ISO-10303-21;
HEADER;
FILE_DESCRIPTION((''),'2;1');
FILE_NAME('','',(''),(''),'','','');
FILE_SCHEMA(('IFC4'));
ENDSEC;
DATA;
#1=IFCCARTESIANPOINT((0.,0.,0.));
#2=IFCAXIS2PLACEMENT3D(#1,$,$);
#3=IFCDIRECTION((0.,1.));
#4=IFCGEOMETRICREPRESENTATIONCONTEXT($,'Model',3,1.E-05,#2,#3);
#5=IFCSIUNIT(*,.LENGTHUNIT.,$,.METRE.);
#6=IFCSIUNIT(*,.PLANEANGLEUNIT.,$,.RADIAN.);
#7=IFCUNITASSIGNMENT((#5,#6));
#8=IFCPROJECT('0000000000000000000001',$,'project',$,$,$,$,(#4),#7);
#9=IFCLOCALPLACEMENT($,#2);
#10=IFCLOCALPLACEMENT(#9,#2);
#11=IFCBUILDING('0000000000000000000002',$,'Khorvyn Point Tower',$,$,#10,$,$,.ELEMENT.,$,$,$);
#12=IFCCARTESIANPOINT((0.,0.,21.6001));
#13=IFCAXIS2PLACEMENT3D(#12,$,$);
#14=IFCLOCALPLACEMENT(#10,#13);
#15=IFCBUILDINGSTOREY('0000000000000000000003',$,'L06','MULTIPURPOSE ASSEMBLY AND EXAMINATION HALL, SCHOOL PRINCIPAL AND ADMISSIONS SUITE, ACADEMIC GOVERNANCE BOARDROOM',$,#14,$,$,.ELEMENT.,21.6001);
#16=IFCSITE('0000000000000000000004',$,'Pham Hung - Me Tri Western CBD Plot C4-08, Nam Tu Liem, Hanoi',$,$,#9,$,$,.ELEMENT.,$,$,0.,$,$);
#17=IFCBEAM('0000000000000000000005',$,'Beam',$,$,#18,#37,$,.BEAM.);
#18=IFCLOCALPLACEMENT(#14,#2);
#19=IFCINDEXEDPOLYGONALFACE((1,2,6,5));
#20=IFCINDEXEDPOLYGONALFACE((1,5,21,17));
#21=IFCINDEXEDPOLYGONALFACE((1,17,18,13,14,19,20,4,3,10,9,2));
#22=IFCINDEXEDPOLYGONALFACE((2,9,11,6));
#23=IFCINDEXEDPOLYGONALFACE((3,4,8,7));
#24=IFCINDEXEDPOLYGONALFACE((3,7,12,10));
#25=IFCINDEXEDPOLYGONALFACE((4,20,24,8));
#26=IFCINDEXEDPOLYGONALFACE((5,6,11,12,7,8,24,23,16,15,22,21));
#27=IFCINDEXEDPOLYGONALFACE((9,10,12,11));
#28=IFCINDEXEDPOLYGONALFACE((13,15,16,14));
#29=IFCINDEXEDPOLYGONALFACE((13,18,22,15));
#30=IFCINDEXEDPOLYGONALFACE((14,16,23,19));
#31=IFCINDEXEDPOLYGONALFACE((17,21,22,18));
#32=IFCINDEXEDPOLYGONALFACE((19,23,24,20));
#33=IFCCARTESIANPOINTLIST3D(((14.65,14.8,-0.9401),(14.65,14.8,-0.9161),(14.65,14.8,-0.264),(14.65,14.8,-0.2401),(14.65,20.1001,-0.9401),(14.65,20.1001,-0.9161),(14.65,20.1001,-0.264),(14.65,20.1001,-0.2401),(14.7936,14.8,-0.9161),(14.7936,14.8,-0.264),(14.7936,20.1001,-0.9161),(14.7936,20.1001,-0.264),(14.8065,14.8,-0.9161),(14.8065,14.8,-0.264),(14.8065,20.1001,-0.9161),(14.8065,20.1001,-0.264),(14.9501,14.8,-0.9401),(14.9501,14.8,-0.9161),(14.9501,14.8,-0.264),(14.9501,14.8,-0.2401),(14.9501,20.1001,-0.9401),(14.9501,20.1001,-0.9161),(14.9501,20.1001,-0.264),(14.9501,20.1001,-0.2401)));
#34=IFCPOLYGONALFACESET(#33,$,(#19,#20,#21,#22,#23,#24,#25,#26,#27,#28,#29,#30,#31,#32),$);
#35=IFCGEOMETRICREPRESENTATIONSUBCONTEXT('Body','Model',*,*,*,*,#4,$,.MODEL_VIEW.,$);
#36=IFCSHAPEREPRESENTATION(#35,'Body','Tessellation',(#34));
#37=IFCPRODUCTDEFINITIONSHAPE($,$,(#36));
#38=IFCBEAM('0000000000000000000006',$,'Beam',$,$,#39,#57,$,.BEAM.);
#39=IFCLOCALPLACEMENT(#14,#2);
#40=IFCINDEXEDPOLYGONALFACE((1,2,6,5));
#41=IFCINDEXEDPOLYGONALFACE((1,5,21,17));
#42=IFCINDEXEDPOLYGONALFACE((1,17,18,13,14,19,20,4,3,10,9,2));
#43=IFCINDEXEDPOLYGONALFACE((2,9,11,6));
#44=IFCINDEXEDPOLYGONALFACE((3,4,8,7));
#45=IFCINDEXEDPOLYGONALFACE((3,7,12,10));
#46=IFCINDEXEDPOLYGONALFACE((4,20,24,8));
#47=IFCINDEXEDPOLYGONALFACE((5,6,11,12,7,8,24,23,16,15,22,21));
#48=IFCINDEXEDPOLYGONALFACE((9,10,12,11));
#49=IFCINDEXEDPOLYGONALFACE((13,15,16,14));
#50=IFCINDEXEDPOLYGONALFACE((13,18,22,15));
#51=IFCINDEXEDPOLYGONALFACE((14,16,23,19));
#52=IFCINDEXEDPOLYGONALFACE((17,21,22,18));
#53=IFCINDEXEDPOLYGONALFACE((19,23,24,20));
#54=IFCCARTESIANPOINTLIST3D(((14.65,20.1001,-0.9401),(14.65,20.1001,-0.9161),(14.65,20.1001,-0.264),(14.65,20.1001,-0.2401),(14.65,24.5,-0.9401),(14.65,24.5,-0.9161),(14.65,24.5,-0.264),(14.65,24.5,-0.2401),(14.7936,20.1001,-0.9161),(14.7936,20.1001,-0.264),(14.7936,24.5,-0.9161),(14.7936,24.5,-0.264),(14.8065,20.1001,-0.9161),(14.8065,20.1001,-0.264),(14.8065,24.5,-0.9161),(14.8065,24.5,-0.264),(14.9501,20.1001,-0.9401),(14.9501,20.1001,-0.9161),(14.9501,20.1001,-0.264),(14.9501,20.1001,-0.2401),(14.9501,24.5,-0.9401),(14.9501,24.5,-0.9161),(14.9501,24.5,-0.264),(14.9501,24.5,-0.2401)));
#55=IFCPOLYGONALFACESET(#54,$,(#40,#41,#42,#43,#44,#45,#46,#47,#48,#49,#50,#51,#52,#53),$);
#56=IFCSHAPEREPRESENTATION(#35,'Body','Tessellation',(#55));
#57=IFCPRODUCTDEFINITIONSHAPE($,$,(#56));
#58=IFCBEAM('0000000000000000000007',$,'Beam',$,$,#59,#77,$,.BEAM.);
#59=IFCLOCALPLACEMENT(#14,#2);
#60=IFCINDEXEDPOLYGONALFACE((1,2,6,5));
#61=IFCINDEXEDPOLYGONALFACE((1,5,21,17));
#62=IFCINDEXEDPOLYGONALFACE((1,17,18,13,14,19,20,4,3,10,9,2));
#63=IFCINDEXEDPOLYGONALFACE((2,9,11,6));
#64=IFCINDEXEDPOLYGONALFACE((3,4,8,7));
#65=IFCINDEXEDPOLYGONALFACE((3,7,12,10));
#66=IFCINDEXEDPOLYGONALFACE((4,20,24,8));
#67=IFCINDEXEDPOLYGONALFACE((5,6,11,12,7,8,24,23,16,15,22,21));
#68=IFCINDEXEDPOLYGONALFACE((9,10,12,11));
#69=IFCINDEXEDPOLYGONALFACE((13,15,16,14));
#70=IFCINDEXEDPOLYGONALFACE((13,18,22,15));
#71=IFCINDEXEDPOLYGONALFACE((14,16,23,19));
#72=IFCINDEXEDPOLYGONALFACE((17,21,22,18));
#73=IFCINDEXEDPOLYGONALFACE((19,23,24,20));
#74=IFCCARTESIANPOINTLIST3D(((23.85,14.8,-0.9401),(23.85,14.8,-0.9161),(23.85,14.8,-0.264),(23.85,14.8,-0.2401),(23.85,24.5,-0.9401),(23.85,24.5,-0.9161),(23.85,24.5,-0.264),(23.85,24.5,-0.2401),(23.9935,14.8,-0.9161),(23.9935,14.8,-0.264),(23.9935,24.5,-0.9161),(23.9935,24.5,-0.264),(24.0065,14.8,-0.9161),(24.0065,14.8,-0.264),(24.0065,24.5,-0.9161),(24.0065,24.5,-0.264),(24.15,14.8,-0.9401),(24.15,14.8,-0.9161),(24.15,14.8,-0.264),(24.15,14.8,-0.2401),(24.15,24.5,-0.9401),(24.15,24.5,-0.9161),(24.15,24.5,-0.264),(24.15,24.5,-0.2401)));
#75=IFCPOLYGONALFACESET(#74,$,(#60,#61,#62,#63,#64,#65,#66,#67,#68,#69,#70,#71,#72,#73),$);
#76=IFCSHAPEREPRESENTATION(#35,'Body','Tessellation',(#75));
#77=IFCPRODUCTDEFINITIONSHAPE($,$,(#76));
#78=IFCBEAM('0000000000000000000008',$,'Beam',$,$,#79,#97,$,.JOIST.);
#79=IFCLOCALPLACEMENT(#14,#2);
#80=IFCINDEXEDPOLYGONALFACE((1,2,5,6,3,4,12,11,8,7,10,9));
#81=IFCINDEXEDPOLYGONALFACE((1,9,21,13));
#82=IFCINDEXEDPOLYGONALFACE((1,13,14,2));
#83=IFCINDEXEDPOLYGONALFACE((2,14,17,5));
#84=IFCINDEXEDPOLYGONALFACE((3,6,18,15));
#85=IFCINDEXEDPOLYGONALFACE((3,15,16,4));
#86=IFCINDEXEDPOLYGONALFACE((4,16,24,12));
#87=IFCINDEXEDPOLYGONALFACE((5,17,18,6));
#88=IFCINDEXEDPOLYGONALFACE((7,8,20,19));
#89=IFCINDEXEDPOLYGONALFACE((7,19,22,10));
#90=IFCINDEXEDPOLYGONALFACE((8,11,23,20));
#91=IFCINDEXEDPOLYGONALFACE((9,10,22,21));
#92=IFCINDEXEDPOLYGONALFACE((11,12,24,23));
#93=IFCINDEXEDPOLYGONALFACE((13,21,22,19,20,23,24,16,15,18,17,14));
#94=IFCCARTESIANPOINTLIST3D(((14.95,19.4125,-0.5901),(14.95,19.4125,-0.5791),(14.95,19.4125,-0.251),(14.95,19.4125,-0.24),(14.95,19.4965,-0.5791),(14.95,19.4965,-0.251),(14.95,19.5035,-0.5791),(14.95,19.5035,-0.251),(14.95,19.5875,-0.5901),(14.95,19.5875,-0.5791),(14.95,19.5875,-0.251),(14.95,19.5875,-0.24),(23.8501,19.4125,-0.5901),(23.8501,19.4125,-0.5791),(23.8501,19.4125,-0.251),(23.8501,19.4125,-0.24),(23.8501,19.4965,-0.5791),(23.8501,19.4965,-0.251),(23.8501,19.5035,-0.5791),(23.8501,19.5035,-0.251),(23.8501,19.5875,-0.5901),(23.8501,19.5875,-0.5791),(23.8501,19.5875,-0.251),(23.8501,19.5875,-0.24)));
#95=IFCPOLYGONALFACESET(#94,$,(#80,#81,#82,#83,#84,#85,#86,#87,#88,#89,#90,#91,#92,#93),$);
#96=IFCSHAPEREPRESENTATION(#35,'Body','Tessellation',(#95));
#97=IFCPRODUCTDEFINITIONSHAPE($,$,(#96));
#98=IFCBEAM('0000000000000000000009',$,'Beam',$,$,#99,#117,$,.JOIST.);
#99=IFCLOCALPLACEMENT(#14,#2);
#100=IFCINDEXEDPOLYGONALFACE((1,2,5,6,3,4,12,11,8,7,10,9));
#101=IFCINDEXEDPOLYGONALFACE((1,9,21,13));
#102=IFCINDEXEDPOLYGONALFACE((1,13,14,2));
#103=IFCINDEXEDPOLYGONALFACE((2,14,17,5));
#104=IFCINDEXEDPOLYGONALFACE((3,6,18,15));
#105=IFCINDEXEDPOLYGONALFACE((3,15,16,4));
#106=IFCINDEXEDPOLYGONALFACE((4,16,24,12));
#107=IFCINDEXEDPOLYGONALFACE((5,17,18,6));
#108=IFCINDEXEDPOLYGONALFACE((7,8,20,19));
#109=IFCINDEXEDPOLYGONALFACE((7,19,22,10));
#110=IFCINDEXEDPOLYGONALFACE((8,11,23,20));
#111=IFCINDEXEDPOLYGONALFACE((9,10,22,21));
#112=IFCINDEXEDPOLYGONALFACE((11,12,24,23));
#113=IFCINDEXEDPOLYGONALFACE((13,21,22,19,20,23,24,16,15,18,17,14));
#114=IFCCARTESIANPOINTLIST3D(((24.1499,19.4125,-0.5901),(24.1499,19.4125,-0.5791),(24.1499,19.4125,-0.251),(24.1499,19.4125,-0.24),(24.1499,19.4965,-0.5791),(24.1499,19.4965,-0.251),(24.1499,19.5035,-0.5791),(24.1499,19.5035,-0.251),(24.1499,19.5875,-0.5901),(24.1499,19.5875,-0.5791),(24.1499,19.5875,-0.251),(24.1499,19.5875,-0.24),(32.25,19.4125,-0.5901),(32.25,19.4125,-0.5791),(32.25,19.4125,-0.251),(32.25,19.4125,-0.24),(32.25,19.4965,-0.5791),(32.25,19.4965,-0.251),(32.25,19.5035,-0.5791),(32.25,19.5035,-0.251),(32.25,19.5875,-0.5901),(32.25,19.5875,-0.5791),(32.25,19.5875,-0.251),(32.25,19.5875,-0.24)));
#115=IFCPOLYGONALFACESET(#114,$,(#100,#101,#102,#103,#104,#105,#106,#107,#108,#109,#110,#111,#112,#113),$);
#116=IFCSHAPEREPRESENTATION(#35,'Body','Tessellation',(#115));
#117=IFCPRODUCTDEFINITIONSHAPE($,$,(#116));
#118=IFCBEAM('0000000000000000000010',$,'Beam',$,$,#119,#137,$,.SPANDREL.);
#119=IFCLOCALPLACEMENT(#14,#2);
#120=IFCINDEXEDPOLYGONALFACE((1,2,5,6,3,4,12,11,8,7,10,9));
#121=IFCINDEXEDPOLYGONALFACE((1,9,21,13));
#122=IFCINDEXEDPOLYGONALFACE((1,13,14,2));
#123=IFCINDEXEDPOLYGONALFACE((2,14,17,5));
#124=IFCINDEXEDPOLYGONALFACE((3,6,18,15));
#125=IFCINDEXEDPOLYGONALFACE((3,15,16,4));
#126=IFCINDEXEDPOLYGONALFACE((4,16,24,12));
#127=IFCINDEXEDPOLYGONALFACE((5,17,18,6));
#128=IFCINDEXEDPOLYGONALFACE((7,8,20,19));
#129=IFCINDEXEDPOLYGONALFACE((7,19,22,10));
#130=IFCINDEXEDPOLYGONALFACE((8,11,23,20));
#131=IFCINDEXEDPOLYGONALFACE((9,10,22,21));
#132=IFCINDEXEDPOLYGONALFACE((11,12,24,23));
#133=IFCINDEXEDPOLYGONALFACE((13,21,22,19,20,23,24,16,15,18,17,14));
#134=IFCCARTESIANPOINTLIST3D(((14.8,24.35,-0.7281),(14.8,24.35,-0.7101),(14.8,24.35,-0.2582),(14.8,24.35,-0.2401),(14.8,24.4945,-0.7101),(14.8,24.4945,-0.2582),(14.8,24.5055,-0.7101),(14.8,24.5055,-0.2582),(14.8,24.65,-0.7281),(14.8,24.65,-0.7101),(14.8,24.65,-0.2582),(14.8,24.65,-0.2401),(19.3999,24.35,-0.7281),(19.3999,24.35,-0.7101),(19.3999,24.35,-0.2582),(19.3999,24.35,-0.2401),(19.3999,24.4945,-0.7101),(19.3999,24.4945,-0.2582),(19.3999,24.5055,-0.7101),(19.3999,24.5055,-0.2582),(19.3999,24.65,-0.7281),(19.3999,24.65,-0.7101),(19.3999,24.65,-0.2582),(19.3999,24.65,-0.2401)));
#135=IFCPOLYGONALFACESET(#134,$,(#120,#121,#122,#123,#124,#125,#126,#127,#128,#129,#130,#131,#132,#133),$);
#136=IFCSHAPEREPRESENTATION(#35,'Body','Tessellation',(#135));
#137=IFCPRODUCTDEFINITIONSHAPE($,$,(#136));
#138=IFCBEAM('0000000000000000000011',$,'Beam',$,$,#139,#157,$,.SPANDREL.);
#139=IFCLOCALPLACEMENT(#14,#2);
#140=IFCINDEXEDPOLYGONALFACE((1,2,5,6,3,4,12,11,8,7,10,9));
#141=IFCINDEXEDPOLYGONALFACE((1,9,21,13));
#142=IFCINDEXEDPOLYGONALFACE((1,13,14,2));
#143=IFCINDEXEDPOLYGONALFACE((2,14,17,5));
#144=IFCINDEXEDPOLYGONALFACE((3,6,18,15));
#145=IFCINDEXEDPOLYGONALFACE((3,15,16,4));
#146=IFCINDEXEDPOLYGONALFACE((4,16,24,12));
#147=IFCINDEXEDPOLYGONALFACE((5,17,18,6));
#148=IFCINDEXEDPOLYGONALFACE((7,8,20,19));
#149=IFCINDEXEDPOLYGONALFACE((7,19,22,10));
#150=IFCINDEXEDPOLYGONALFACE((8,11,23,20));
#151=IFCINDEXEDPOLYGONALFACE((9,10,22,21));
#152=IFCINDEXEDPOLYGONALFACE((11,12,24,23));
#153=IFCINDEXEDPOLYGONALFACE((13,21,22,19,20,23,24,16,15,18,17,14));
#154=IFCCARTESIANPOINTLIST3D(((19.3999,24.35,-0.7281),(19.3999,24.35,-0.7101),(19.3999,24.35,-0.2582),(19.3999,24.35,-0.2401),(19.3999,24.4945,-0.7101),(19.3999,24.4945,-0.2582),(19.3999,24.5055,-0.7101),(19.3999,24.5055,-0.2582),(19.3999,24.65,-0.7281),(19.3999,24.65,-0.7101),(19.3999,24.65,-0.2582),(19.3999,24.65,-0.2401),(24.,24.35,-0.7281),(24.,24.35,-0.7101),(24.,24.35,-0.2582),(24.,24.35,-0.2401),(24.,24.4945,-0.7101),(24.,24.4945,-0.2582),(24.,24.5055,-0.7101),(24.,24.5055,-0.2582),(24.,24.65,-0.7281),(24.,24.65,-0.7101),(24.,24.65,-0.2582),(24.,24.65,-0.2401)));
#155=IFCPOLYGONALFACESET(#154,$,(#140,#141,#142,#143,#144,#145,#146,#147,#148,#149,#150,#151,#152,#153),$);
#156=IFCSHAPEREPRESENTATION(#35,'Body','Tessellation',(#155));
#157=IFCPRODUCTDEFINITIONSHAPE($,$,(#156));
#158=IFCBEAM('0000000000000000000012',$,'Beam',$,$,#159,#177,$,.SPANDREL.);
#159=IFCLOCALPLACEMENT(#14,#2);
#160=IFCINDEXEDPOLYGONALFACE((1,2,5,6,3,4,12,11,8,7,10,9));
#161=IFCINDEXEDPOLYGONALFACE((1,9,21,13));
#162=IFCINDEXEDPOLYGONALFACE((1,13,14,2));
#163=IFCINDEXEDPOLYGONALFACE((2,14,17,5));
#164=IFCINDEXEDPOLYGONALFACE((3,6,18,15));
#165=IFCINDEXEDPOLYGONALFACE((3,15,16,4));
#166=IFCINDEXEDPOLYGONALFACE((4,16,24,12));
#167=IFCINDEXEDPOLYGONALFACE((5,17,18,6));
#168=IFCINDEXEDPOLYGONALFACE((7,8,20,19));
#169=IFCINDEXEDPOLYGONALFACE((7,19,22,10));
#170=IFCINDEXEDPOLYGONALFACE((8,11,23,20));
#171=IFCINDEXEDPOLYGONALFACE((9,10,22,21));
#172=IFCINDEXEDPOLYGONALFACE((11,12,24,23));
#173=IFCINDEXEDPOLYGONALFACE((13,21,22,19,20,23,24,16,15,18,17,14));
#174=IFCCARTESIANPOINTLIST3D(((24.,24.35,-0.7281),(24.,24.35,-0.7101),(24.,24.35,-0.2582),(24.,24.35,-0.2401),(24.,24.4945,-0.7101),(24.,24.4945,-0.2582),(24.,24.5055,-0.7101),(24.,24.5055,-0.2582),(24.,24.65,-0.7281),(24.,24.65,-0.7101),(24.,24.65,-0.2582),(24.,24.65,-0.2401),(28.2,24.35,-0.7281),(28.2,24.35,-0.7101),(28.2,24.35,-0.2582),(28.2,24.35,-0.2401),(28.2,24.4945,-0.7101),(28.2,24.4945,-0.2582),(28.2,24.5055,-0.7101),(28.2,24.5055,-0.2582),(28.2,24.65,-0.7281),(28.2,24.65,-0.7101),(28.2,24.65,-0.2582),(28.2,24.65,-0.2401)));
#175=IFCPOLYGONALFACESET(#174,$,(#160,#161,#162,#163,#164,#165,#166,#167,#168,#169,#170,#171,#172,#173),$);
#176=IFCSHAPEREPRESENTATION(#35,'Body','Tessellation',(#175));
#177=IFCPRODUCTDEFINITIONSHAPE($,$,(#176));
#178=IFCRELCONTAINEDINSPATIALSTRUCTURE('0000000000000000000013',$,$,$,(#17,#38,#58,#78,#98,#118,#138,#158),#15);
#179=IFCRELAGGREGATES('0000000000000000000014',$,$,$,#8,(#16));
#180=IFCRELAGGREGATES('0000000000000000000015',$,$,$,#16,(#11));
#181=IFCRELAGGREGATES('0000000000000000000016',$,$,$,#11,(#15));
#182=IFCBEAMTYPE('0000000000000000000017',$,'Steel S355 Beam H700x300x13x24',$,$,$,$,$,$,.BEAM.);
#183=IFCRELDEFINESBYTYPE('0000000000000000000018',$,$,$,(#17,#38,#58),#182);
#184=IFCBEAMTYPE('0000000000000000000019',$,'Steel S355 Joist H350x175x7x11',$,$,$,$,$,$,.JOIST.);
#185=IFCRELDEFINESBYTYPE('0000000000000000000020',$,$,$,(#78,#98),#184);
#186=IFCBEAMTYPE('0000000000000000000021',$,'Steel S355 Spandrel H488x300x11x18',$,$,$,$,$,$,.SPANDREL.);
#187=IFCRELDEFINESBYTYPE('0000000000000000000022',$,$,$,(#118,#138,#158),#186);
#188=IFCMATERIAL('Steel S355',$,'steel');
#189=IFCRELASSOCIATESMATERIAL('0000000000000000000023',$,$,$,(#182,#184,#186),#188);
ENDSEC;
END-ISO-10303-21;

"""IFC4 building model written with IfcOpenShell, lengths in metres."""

from ifc_helpers import new_model, si_unit, direction, frame, origin, origin_2d, place, context, subcontext, project, spatial, i_section, extrude, material, material_profile, profile_set, type_object, element, save


model = new_model("IFC4")

# Units and contexts
model_context = context("Model", 3, precision=1e-05, world=origin(), true_north=direction((0.0, 1.0)))
body_context = subcontext(model_context, "Body", "Model", "MODEL_VIEW")
ifc_project = project(units=[si_unit("LENGTHUNIT", "METRE"), si_unit("PLANEANGLEUNIT", "RADIAN")], contexts=[model_context])

# Site, building, storey
site_placement = place(None, origin())
site = spatial("IfcSite", under=ifc_project, at=site_placement, Name="Pham Hung - Me Tri Western CBD Plot C4-08, Nam Tu Liem, Hanoi", CompositionType="ELEMENT", RefElevation=0.0)
building_placement = place(site_placement, origin())
building = spatial("IfcBuilding", under=site, at=building_placement, Name="Khorvyn Point Tower", CompositionType="ELEMENT")
storey_placement = place(building_placement, frame((0.0, 0.0, 21.6001)))
storey = spatial("IfcBuildingStorey", under=building, at=storey_placement, Name="L06", Description="MULTIPURPOSE ASSEMBLY AND EXAMINATION HALL, SCHOOL PRINCIPAL AND ADMISSIONS SUITE, ACADEMIC GOVERNANCE BOARDROOM", CompositionType="ELEMENT", Elevation=21.6001)

# Beams
ifc_material_1 = material(Name="Steel S355", Category="steel")
ifc_material_profile_1 = material_profile(ifc_material_1, i_section(OverallWidth=0.3, OverallDepth=0.7, WebThickness=0.0129, FlangeThickness=0.0239, at=origin_2d()))
ifc_profile_set_1 = profile_set([ifc_material_profile_1], Name="Steel S355 H700x300x13x24")
beam_type_1 = type_object("IfcBeamType", Name="Steel S355 Beam H700x300x13x24", PredefinedType="BEAM", material=ifc_profile_set_1)
beam_1_placement = place(storey_placement, frame((14.8, 14.8, -0.5901), z_axis=(0.0, 1.0, 0.0), x_axis=(-1.0, 0.0, 0.0)))
element("IfcBeam", 1, at=beam_1_placement, inside=storey, type_object=beam_type_1, Name="Beam", PredefinedType="BEAM", context=body_context, shape_type="SweptSolid", body=[
    extrude(i_section(OverallWidth=0.3, OverallDepth=0.7, WebThickness=0.0129, FlangeThickness=0.0239, at=origin_2d()), origin(), (0.0, 0.0, 1.0), 5.3),
])
beam_2_placement = place(storey_placement, frame((14.8, 20.1001, -0.5901), z_axis=(0.0, 1.0, 0.0), x_axis=(-1.0, 0.0, 0.0)))
element("IfcBeam", 2, at=beam_2_placement, inside=storey, type_object=beam_type_1, Name="Beam", PredefinedType="BEAM", context=body_context, shape_type="SweptSolid", body=[
    extrude(i_section(OverallWidth=0.3, OverallDepth=0.7, WebThickness=0.0129, FlangeThickness=0.0239, at=origin_2d()), origin(), (0.0, 0.0, 1.0), 4.3999),
])
beam_3_placement = place(storey_placement, frame((24.0, 14.8, -0.5901), z_axis=(0.0, 1.0, 0.0), x_axis=(-1.0, 0.0, 0.0)))
element("IfcBeam", 3, at=beam_3_placement, inside=storey, type_object=beam_type_1, Name="Beam", PredefinedType="BEAM", context=body_context, shape_type="SweptSolid", body=[
    extrude(i_section(OverallWidth=0.3, OverallDepth=0.7, WebThickness=0.0129, FlangeThickness=0.0239, at=origin_2d()), origin(), (0.0, 0.0, 1.0), 9.7),
])
ifc_material_profile_2 = material_profile(ifc_material_1, i_section(OverallWidth=0.175, OverallDepth=0.3501, WebThickness=0.0071, FlangeThickness=0.011, at=origin_2d()))
ifc_profile_set_2 = profile_set([ifc_material_profile_2], Name="Steel S355 H350x175x7x11")
beam_type_2 = type_object("IfcBeamType", Name="Steel S355 Joist H350x175x7x11", PredefinedType="JOIST", material=ifc_profile_set_2)
beam_4_placement = place(storey_placement, frame((14.95, 19.5, -0.415), z_axis=(1.0, 0.0, 0.0), x_axis=(0.0, 1.0, 0.0)))
element("IfcBeam", 4, at=beam_4_placement, inside=storey, type_object=beam_type_2, Name="Beam", PredefinedType="JOIST", context=body_context, shape_type="SweptSolid", body=[
    extrude(i_section(OverallWidth=0.175, OverallDepth=0.3501, WebThickness=0.0071, FlangeThickness=0.011, at=origin_2d()), origin(), (0.0, 0.0, 1.0), 8.9001),
])
beam_5_placement = place(storey_placement, frame((24.1499, 19.5, -0.415), z_axis=(1.0, 0.0, 0.0), x_axis=(0.0, 1.0, 0.0)))
element("IfcBeam", 5, at=beam_5_placement, inside=storey, type_object=beam_type_2, Name="Beam", PredefinedType="JOIST", context=body_context, shape_type="SweptSolid", body=[
    extrude(i_section(OverallWidth=0.175, OverallDepth=0.3501, WebThickness=0.0071, FlangeThickness=0.011, at=origin_2d()), origin(), (0.0, 0.0, 1.0), 8.1001),
])
ifc_material_profile_3 = material_profile(ifc_material_1, i_section(OverallWidth=0.3, OverallDepth=0.488, WebThickness=0.011, FlangeThickness=0.0181, at=origin_2d()))
ifc_profile_set_3 = profile_set([ifc_material_profile_3], Name="Steel S355 H488x300x11x18")
beam_type_3 = type_object("IfcBeamType", Name="Steel S355 Spandrel H488x300x11x18", PredefinedType="SPANDREL", material=ifc_profile_set_3)
beam_6_placement = place(storey_placement, frame((14.8, 24.5, -0.4841), z_axis=(1.0, 0.0, 0.0), x_axis=(0.0, 1.0, 0.0)))
element("IfcBeam", 6, at=beam_6_placement, inside=storey, type_object=beam_type_3, Name="Beam", PredefinedType="SPANDREL", context=body_context, shape_type="SweptSolid", body=[
    extrude(i_section(OverallWidth=0.3, OverallDepth=0.488, WebThickness=0.011, FlangeThickness=0.0181, at=origin_2d()), origin(), (0.0, 0.0, 1.0), 4.5999),
])
beam_7_placement = place(storey_placement, frame((19.3999, 24.5, -0.4841), z_axis=(1.0, 0.0, 0.0), x_axis=(0.0, 1.0, 0.0)))
element("IfcBeam", 7, at=beam_7_placement, inside=storey, type_object=beam_type_3, Name="Beam", PredefinedType="SPANDREL", context=body_context, shape_type="SweptSolid", body=[
    extrude(i_section(OverallWidth=0.3, OverallDepth=0.488, WebThickness=0.011, FlangeThickness=0.0181, at=origin_2d()), origin(), (0.0, 0.0, 1.0), 4.6001),
])
beam_8_placement = place(storey_placement, frame((24.0, 24.5, -0.4841), z_axis=(1.0, 0.0, 0.0), x_axis=(0.0, 1.0, 0.0)))
element("IfcBeam", 8, at=beam_8_placement, inside=storey, type_object=beam_type_3, Name="Beam", PredefinedType="SPANDREL", context=body_context, shape_type="SweptSolid", body=[
    extrude(i_section(OverallWidth=0.3, OverallDepth=0.488, WebThickness=0.011, FlangeThickness=0.0181, at=origin_2d()), origin(), (0.0, 0.0, 1.0), 4.2),
])

save(model, "model.ifc")
